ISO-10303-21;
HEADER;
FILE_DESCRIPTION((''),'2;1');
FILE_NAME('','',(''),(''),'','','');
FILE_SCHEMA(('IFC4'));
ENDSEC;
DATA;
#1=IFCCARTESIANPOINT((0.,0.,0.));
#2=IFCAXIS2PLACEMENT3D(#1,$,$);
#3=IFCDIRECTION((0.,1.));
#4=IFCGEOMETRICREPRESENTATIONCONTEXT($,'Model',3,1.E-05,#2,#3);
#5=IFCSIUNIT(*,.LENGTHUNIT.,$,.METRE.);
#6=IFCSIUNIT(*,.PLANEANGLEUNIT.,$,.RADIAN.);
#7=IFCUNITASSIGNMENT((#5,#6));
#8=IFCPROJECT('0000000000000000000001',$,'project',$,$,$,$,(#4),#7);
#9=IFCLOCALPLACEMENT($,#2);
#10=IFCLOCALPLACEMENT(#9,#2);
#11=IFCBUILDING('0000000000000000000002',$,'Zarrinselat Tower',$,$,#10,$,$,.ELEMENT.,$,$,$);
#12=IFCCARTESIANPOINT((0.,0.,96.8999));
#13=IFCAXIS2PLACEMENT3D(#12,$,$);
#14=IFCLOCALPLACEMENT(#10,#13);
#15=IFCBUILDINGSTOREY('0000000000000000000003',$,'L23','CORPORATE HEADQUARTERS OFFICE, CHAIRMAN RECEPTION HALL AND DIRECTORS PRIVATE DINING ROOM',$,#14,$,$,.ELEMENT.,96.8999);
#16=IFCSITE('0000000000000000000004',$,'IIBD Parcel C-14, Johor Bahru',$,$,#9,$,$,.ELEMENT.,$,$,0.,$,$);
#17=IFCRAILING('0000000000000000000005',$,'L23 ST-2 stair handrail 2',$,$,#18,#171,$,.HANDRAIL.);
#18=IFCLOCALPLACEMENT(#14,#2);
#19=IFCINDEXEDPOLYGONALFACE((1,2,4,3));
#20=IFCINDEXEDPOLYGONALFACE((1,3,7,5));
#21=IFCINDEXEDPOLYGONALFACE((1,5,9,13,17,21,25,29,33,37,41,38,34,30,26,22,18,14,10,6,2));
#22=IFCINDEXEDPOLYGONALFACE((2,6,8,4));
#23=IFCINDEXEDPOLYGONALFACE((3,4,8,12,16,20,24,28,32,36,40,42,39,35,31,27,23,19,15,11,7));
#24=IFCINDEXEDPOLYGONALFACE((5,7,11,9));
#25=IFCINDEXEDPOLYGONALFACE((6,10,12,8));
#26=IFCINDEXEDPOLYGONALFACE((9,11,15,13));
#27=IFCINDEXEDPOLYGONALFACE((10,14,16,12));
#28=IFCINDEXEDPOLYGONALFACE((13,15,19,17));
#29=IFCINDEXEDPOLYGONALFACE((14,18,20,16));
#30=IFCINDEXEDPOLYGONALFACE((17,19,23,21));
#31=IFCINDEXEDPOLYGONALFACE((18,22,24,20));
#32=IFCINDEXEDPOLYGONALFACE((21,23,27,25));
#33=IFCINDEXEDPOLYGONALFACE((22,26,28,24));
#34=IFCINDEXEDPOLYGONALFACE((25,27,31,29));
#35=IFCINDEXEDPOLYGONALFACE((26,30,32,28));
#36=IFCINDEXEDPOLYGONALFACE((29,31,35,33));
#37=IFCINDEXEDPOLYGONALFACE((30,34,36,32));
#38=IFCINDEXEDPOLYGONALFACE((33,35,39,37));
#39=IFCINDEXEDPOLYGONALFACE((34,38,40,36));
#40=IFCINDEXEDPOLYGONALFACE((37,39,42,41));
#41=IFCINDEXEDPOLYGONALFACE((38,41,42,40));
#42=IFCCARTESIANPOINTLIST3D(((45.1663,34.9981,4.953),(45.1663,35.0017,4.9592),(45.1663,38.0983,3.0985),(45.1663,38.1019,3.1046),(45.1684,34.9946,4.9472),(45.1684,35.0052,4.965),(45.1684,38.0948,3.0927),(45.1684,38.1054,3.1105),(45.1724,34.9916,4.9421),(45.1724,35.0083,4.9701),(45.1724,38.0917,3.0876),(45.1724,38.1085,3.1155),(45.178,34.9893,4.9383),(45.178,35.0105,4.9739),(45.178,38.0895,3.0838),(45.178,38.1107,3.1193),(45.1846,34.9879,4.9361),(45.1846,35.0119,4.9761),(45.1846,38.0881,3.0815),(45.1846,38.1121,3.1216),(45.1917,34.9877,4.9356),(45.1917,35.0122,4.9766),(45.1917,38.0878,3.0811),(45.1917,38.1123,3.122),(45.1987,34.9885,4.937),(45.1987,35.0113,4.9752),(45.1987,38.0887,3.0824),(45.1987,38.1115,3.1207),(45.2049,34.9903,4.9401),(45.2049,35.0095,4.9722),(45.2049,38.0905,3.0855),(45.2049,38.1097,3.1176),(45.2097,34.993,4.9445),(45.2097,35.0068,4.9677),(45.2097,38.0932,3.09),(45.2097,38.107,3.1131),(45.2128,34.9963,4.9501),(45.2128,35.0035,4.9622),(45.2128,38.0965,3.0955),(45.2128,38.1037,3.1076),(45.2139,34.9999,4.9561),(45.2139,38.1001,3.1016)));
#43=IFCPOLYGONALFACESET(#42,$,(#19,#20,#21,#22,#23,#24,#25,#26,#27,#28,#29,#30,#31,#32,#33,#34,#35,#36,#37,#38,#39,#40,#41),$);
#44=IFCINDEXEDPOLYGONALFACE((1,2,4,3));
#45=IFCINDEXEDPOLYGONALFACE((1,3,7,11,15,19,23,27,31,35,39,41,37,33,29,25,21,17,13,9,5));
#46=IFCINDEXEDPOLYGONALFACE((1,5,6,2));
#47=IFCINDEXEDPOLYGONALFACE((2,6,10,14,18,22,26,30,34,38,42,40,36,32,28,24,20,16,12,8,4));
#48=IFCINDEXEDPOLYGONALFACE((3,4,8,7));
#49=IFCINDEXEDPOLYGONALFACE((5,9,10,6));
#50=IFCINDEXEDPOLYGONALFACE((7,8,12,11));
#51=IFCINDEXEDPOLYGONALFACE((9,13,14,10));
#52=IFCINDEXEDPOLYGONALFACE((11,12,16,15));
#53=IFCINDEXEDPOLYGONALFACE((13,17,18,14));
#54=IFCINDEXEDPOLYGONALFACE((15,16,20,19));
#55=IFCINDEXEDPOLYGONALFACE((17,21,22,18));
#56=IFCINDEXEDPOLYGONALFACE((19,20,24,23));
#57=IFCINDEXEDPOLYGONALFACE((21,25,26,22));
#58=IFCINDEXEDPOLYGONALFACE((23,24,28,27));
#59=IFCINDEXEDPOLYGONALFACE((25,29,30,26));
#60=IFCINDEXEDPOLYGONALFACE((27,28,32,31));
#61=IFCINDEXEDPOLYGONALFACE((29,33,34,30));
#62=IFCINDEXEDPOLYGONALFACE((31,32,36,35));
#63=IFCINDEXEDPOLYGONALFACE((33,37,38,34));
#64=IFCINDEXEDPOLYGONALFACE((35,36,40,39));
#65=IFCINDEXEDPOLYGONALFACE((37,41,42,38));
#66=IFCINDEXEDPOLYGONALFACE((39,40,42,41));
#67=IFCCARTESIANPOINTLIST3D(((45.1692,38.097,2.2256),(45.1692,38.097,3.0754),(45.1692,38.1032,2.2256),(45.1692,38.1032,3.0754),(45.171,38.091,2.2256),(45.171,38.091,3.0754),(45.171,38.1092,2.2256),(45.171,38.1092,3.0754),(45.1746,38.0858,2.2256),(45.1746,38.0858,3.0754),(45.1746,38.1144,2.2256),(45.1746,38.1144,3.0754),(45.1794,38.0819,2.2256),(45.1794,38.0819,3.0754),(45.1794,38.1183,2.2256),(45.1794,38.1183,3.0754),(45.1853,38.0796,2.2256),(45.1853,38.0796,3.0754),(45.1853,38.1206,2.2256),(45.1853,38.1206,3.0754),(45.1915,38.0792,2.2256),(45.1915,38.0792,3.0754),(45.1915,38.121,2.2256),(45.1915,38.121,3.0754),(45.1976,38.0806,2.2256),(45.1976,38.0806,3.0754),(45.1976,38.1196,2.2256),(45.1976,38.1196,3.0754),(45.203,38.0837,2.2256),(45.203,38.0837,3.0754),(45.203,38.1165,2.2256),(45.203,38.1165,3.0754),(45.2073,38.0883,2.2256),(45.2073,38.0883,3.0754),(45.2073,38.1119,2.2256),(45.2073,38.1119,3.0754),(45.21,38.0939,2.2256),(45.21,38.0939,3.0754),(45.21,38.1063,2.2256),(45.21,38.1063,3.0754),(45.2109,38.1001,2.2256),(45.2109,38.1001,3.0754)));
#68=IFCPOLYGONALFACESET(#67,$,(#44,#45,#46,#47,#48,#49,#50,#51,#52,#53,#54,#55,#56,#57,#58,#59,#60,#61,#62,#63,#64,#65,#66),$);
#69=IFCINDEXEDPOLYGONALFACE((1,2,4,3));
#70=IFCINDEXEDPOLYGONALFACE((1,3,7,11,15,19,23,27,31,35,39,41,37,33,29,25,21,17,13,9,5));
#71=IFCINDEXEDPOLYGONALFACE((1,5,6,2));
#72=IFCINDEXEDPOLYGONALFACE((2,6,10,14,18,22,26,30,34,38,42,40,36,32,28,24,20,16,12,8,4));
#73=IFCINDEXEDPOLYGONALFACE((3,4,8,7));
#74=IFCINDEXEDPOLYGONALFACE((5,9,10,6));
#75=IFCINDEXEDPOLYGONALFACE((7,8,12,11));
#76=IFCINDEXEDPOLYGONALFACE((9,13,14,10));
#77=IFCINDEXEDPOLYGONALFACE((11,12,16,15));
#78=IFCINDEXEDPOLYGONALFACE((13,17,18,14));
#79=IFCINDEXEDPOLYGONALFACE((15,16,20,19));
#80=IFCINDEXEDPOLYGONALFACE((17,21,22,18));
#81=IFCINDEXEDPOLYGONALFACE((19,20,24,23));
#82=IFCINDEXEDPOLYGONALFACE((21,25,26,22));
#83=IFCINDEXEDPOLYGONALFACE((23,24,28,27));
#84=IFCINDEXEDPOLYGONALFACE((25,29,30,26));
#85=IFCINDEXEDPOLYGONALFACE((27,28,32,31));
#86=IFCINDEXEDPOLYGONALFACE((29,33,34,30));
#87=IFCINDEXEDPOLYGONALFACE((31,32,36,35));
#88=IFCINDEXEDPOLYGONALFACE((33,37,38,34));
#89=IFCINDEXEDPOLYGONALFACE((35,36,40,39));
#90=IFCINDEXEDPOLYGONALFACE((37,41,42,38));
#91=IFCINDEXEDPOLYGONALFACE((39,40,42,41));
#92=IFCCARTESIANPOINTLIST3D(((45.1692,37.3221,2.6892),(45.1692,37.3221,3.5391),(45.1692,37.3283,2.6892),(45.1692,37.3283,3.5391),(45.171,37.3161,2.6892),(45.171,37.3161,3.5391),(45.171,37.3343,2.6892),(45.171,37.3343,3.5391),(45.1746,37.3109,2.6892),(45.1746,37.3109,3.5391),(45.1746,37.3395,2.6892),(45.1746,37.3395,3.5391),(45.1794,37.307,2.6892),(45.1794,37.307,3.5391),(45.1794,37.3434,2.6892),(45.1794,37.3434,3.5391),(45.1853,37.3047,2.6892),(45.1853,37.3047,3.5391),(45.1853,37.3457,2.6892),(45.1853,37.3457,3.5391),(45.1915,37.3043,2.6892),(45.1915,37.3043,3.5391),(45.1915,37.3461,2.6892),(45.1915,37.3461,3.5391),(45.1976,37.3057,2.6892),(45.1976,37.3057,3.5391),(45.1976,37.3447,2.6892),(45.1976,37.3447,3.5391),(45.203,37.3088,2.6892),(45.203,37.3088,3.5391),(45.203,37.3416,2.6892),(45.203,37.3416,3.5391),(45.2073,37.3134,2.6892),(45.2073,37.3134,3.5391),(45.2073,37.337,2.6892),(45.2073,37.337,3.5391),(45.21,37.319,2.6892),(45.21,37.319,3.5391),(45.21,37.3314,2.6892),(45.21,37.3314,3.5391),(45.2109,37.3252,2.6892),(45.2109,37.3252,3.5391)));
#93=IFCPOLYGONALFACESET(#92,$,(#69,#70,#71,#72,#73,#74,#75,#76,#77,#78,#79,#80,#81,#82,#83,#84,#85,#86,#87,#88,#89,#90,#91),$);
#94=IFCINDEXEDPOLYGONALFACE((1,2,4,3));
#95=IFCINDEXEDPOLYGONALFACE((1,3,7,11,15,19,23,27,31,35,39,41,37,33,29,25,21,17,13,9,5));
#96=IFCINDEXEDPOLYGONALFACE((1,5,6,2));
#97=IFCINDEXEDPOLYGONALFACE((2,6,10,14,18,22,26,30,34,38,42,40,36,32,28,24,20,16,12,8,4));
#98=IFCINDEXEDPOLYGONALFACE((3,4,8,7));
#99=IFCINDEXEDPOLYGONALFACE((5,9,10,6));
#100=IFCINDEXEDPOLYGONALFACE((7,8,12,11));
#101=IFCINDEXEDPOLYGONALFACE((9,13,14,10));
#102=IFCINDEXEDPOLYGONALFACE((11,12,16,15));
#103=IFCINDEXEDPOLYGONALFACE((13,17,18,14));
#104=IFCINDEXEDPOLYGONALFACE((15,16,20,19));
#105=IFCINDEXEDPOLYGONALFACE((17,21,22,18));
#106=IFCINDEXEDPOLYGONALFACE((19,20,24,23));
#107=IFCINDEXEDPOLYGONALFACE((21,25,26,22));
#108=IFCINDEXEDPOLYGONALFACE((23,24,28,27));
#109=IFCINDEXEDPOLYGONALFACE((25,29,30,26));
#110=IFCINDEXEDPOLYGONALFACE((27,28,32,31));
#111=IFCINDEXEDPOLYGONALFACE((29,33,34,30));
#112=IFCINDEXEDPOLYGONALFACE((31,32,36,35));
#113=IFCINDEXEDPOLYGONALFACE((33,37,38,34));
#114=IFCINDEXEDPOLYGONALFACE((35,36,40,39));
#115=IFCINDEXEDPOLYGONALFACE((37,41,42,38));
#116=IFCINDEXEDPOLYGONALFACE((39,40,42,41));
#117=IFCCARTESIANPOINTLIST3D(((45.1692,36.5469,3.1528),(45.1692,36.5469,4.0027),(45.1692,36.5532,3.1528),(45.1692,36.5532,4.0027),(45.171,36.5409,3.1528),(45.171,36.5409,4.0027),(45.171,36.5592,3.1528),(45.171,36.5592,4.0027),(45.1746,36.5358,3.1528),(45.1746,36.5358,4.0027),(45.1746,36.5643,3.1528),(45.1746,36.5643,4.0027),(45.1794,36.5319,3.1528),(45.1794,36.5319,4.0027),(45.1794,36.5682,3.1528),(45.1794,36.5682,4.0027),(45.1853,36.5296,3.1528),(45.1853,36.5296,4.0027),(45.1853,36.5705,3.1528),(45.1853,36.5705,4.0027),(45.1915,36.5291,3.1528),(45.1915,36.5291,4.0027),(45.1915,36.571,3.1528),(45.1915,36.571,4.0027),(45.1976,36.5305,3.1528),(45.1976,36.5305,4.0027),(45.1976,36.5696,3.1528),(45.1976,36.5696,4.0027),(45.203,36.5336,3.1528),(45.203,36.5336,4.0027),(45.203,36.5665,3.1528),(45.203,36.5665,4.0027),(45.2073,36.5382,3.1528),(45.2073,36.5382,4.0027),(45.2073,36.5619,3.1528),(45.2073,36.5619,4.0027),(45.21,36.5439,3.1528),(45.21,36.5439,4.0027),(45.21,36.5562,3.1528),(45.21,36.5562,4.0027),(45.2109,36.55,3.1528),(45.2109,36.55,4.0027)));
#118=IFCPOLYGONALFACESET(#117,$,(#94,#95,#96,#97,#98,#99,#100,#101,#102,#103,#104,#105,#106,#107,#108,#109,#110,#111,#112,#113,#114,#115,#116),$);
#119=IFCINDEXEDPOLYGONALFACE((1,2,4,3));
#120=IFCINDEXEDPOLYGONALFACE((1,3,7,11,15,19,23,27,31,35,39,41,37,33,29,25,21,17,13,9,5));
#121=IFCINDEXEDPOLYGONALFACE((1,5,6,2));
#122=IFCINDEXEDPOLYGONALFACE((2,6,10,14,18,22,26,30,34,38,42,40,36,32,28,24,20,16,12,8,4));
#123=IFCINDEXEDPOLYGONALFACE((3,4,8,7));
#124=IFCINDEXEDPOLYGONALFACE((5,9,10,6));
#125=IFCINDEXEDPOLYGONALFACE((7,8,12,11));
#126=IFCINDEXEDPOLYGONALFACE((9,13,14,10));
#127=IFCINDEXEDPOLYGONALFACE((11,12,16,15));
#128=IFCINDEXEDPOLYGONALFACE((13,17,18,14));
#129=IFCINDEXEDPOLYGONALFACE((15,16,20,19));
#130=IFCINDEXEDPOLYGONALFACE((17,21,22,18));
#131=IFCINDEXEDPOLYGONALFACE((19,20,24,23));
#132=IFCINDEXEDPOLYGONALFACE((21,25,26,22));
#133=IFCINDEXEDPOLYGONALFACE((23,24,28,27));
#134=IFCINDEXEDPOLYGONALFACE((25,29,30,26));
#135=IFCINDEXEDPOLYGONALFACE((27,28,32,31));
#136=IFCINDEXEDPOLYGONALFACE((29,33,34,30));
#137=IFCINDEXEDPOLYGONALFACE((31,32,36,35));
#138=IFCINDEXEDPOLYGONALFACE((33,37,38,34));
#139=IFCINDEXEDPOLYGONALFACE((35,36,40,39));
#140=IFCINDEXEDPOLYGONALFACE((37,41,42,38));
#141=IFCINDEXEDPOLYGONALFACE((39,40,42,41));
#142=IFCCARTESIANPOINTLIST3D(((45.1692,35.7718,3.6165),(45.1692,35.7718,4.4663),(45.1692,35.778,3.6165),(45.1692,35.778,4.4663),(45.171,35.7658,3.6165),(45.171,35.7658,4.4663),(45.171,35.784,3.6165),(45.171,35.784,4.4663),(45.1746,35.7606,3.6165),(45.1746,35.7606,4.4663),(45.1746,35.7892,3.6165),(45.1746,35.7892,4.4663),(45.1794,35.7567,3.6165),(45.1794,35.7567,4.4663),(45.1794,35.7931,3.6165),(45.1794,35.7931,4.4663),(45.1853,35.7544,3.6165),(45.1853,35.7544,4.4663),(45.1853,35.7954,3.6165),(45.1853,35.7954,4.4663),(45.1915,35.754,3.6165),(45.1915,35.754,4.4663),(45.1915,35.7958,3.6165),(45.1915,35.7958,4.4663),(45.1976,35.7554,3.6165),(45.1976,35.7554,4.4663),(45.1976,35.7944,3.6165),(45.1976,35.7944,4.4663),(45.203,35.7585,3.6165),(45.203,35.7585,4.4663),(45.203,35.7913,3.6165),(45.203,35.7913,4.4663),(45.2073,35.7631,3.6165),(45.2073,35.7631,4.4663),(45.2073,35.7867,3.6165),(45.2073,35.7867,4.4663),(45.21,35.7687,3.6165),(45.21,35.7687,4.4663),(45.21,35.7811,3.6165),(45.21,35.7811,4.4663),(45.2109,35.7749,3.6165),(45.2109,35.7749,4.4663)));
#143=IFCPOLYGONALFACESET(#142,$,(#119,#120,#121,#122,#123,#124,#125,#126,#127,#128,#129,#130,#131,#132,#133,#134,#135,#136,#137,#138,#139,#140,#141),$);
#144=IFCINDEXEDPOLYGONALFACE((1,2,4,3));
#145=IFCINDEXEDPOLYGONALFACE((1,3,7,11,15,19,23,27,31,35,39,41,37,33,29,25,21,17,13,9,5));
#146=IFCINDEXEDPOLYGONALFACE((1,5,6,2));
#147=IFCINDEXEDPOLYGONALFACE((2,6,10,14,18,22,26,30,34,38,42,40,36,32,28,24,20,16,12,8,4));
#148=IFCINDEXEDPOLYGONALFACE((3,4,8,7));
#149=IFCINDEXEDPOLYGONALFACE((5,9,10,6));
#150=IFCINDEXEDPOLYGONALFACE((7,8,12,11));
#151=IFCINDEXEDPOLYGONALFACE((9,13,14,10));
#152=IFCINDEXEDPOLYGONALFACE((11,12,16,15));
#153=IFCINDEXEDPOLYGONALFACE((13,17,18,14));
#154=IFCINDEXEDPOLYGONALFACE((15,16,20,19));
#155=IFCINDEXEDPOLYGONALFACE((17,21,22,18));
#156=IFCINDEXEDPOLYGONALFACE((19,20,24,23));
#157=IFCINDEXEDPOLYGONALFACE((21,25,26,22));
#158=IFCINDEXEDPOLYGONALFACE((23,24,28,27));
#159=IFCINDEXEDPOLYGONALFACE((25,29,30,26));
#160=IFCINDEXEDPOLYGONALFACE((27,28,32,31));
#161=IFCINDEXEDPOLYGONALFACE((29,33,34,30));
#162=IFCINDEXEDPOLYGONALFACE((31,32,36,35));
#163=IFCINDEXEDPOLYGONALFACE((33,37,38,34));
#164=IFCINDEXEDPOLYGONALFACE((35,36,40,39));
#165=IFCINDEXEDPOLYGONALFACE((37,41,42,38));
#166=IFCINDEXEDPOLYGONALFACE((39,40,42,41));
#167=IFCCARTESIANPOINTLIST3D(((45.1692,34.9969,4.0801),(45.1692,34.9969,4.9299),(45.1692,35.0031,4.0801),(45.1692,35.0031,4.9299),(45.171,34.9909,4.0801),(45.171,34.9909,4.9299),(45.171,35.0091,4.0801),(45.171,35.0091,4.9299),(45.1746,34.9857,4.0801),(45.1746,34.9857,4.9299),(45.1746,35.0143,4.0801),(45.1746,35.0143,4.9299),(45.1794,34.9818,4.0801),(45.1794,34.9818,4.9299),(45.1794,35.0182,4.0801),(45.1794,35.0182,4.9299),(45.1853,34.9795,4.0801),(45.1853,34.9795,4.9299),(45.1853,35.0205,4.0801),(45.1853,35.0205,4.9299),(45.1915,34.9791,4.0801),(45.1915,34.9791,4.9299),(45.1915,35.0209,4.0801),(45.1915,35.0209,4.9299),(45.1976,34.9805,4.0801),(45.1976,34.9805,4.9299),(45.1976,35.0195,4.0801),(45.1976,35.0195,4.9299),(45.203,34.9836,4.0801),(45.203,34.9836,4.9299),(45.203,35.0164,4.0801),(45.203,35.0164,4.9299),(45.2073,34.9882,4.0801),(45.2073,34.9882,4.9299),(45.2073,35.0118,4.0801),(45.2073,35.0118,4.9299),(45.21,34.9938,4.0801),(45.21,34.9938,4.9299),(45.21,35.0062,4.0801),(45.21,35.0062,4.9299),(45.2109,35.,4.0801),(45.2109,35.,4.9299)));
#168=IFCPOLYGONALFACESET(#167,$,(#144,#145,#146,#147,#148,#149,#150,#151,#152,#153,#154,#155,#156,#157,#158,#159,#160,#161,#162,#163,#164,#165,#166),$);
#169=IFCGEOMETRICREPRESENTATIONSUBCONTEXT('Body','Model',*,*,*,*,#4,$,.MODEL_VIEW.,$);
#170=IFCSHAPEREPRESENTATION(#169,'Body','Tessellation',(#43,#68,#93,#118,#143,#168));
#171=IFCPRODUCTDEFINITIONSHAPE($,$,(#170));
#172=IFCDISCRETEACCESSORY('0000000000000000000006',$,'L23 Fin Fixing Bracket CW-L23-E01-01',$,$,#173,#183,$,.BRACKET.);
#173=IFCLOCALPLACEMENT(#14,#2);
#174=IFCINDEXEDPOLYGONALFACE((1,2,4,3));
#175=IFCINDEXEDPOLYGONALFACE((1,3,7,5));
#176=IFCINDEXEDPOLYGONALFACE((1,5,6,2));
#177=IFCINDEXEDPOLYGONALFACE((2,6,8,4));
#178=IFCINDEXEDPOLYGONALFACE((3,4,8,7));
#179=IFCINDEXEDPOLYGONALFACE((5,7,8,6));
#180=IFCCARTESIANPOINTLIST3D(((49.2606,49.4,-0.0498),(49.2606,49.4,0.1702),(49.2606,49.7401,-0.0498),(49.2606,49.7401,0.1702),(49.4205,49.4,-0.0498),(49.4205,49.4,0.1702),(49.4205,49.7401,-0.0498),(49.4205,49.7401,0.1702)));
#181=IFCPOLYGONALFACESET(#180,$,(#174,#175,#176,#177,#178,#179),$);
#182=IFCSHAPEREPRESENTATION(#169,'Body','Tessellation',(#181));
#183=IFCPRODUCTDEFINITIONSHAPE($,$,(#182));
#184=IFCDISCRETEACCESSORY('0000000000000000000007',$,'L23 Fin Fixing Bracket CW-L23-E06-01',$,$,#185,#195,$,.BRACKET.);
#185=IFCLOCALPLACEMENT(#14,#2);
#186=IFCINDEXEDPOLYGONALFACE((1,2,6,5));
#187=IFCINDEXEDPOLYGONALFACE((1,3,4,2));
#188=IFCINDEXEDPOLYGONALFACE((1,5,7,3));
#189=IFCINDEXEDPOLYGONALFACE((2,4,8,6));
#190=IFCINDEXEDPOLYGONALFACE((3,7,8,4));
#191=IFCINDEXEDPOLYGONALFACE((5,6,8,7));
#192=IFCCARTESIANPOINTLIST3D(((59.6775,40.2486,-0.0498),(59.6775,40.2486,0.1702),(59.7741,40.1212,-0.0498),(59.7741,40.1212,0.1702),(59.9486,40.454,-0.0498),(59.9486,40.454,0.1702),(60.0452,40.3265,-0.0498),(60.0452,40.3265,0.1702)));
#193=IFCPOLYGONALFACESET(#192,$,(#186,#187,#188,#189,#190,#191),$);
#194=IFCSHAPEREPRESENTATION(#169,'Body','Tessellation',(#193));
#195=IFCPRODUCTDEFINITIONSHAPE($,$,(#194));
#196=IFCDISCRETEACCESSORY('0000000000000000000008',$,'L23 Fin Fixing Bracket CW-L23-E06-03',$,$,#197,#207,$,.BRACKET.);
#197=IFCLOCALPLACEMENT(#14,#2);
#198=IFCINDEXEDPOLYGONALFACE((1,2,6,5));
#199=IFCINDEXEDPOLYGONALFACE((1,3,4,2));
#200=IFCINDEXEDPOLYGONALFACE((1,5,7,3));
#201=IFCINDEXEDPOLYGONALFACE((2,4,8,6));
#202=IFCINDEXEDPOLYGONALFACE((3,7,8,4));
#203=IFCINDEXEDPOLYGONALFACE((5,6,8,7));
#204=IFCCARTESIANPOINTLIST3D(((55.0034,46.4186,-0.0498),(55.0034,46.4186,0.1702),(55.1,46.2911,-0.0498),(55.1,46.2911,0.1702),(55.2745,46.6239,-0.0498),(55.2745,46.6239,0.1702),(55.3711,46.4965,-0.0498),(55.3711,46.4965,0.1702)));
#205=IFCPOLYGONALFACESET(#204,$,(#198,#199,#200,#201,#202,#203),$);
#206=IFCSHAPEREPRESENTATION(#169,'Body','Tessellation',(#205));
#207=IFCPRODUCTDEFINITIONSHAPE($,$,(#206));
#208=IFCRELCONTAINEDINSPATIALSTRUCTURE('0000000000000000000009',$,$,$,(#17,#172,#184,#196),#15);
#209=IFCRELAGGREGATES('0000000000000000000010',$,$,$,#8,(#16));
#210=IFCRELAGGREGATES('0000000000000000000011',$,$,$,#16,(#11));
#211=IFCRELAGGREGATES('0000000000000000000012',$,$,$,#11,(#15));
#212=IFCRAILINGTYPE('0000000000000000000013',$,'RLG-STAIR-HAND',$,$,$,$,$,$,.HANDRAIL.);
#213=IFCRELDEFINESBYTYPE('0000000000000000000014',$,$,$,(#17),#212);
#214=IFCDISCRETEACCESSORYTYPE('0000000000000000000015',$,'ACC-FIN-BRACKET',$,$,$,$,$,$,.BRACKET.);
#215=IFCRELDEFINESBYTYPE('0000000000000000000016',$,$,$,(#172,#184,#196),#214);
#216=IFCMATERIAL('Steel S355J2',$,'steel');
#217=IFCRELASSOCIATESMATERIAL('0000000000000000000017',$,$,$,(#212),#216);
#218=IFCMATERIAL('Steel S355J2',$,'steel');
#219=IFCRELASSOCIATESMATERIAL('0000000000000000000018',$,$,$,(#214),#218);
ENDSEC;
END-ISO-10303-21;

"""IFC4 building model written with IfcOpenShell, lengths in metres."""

from ifc_helpers import new_model, si_unit, direction, frame, origin, origin_2d, place, context, subcontext, project, spatial, rectangle, circle, extrude, material, type_object, element, save


model = new_model("IFC4")

# Units and contexts
model_context = context("Model", 3, precision=1e-05, world=origin(), true_north=direction((0.0, 1.0)))
body_context = subcontext(model_context, "Body", "Model", "MODEL_VIEW")
ifc_project = project(units=[si_unit("LENGTHUNIT", "METRE"), si_unit("PLANEANGLEUNIT", "RADIAN")], contexts=[model_context])

# Site, building, storey
site_placement = place(None, origin())
site = spatial("IfcSite", under=ifc_project, at=site_placement, Name="IIBD Parcel C-14, Johor Bahru", CompositionType="ELEMENT", RefElevation=0.0)
building_placement = place(site_placement, origin())
building = spatial("IfcBuilding", under=site, at=building_placement, Name="Zarrinselat Tower", CompositionType="ELEMENT")
storey_placement = place(building_placement, frame((0.0, 0.0, 96.8999)))
storey = spatial("IfcBuildingStorey", under=building, at=storey_placement, Name="L23", Description="CORPORATE HEADQUARTERS OFFICE, CHAIRMAN RECEPTION HALL AND DIRECTORS PRIVATE DINING ROOM", CompositionType="ELEMENT", Elevation=96.8999)

# Railing
ifc_material_1 = material(Name="Steel S355J2", Category="steel")
railing_type_1 = type_object("IfcRailingType", Name="RLG-STAIR-HAND", PredefinedType="HANDRAIL", material=ifc_material_1)
railing_1_placement = place(storey_placement, frame((45.1899, 38.1001, 2.2256)))
element("IfcRailing", 1, at=railing_1_placement, inside=storey, type_object=railing_type_1, Name="L23 ST-2 stair handrail 2", PredefinedType="HANDRAIL", context=body_context, shape_type="SweptSolid", body=[
    extrude(circle(Radius=0.0239, at=origin_2d()), frame((0.0, 0.0, 0.876), z_axis=(0.0, -0.858172, 0.513362), x_axis=(1.0, 0.0, 0.0)), (0.0, 0.0, 1.0), 3.6125),
    extrude(circle(Radius=0.021, at=origin_2d()), origin(), (0.0, 0.0, 1.0), 0.8499),
    extrude(circle(Radius=0.021, at=origin_2d()), frame((0.0, -0.7749, 0.4636)), (0.0, 0.0, 1.0), 0.8499),
    extrude(circle(Radius=0.021, at=origin_2d()), frame((0.0, -1.55, 0.9272)), (0.0, 0.0, 1.0), 0.8499),
    extrude(circle(Radius=0.021, at=origin_2d()), frame((0.0, -2.3252, 1.3909)), (0.0, 0.0, 1.0), 0.8499),
    extrude(circle(Radius=0.021, at=origin_2d()), frame((0.0, -3.1001, 1.8545)), (0.0, 0.0, 1.0), 0.8499),
])

# Discrete accessories
ifc_material_2 = material(Name="Steel S355J2", Category="steel")
discrete_accessory_type = type_object("IfcDiscreteAccessoryType", Name="ACC-FIN-BRACKET", PredefinedType="BRACKET", material=ifc_material_2)
for number, where, z_axis, x_axis, name in (
    (2, (49.3406, 49.5701, -0.0498), (0.0, 0.0, 1.0), (0.0, 1.0, 0.0), "L23 Fin Fixing Bracket CW-L23-E01-01"),
    (3, (59.8613, 40.2876, -0.0498), (0.0, 0.0, 1.0), (0.797092, 0.603858, 0.0), "L23 Fin Fixing Bracket CW-L23-E06-01"),
    (4, (55.1873, 46.4575, -0.0498), (0.0, 0.0, 1.0), (0.797092, 0.603858, 0.0), "L23 Fin Fixing Bracket CW-L23-E06-03"),
):
    element("IfcDiscreteAccessory", number, at=place(storey_placement, frame(where, z_axis=z_axis, x_axis=x_axis)), inside=storey, type_object=discrete_accessory_type, Name=name, PredefinedType="BRACKET", context=body_context, shape_type="SweptSolid", body=[
        extrude(rectangle(XDim=0.3401, YDim=0.1599, at=origin_2d()), origin(), (0.0, 0.0, 1.0), 0.22),
    ])

save(model, "model.ifc")
